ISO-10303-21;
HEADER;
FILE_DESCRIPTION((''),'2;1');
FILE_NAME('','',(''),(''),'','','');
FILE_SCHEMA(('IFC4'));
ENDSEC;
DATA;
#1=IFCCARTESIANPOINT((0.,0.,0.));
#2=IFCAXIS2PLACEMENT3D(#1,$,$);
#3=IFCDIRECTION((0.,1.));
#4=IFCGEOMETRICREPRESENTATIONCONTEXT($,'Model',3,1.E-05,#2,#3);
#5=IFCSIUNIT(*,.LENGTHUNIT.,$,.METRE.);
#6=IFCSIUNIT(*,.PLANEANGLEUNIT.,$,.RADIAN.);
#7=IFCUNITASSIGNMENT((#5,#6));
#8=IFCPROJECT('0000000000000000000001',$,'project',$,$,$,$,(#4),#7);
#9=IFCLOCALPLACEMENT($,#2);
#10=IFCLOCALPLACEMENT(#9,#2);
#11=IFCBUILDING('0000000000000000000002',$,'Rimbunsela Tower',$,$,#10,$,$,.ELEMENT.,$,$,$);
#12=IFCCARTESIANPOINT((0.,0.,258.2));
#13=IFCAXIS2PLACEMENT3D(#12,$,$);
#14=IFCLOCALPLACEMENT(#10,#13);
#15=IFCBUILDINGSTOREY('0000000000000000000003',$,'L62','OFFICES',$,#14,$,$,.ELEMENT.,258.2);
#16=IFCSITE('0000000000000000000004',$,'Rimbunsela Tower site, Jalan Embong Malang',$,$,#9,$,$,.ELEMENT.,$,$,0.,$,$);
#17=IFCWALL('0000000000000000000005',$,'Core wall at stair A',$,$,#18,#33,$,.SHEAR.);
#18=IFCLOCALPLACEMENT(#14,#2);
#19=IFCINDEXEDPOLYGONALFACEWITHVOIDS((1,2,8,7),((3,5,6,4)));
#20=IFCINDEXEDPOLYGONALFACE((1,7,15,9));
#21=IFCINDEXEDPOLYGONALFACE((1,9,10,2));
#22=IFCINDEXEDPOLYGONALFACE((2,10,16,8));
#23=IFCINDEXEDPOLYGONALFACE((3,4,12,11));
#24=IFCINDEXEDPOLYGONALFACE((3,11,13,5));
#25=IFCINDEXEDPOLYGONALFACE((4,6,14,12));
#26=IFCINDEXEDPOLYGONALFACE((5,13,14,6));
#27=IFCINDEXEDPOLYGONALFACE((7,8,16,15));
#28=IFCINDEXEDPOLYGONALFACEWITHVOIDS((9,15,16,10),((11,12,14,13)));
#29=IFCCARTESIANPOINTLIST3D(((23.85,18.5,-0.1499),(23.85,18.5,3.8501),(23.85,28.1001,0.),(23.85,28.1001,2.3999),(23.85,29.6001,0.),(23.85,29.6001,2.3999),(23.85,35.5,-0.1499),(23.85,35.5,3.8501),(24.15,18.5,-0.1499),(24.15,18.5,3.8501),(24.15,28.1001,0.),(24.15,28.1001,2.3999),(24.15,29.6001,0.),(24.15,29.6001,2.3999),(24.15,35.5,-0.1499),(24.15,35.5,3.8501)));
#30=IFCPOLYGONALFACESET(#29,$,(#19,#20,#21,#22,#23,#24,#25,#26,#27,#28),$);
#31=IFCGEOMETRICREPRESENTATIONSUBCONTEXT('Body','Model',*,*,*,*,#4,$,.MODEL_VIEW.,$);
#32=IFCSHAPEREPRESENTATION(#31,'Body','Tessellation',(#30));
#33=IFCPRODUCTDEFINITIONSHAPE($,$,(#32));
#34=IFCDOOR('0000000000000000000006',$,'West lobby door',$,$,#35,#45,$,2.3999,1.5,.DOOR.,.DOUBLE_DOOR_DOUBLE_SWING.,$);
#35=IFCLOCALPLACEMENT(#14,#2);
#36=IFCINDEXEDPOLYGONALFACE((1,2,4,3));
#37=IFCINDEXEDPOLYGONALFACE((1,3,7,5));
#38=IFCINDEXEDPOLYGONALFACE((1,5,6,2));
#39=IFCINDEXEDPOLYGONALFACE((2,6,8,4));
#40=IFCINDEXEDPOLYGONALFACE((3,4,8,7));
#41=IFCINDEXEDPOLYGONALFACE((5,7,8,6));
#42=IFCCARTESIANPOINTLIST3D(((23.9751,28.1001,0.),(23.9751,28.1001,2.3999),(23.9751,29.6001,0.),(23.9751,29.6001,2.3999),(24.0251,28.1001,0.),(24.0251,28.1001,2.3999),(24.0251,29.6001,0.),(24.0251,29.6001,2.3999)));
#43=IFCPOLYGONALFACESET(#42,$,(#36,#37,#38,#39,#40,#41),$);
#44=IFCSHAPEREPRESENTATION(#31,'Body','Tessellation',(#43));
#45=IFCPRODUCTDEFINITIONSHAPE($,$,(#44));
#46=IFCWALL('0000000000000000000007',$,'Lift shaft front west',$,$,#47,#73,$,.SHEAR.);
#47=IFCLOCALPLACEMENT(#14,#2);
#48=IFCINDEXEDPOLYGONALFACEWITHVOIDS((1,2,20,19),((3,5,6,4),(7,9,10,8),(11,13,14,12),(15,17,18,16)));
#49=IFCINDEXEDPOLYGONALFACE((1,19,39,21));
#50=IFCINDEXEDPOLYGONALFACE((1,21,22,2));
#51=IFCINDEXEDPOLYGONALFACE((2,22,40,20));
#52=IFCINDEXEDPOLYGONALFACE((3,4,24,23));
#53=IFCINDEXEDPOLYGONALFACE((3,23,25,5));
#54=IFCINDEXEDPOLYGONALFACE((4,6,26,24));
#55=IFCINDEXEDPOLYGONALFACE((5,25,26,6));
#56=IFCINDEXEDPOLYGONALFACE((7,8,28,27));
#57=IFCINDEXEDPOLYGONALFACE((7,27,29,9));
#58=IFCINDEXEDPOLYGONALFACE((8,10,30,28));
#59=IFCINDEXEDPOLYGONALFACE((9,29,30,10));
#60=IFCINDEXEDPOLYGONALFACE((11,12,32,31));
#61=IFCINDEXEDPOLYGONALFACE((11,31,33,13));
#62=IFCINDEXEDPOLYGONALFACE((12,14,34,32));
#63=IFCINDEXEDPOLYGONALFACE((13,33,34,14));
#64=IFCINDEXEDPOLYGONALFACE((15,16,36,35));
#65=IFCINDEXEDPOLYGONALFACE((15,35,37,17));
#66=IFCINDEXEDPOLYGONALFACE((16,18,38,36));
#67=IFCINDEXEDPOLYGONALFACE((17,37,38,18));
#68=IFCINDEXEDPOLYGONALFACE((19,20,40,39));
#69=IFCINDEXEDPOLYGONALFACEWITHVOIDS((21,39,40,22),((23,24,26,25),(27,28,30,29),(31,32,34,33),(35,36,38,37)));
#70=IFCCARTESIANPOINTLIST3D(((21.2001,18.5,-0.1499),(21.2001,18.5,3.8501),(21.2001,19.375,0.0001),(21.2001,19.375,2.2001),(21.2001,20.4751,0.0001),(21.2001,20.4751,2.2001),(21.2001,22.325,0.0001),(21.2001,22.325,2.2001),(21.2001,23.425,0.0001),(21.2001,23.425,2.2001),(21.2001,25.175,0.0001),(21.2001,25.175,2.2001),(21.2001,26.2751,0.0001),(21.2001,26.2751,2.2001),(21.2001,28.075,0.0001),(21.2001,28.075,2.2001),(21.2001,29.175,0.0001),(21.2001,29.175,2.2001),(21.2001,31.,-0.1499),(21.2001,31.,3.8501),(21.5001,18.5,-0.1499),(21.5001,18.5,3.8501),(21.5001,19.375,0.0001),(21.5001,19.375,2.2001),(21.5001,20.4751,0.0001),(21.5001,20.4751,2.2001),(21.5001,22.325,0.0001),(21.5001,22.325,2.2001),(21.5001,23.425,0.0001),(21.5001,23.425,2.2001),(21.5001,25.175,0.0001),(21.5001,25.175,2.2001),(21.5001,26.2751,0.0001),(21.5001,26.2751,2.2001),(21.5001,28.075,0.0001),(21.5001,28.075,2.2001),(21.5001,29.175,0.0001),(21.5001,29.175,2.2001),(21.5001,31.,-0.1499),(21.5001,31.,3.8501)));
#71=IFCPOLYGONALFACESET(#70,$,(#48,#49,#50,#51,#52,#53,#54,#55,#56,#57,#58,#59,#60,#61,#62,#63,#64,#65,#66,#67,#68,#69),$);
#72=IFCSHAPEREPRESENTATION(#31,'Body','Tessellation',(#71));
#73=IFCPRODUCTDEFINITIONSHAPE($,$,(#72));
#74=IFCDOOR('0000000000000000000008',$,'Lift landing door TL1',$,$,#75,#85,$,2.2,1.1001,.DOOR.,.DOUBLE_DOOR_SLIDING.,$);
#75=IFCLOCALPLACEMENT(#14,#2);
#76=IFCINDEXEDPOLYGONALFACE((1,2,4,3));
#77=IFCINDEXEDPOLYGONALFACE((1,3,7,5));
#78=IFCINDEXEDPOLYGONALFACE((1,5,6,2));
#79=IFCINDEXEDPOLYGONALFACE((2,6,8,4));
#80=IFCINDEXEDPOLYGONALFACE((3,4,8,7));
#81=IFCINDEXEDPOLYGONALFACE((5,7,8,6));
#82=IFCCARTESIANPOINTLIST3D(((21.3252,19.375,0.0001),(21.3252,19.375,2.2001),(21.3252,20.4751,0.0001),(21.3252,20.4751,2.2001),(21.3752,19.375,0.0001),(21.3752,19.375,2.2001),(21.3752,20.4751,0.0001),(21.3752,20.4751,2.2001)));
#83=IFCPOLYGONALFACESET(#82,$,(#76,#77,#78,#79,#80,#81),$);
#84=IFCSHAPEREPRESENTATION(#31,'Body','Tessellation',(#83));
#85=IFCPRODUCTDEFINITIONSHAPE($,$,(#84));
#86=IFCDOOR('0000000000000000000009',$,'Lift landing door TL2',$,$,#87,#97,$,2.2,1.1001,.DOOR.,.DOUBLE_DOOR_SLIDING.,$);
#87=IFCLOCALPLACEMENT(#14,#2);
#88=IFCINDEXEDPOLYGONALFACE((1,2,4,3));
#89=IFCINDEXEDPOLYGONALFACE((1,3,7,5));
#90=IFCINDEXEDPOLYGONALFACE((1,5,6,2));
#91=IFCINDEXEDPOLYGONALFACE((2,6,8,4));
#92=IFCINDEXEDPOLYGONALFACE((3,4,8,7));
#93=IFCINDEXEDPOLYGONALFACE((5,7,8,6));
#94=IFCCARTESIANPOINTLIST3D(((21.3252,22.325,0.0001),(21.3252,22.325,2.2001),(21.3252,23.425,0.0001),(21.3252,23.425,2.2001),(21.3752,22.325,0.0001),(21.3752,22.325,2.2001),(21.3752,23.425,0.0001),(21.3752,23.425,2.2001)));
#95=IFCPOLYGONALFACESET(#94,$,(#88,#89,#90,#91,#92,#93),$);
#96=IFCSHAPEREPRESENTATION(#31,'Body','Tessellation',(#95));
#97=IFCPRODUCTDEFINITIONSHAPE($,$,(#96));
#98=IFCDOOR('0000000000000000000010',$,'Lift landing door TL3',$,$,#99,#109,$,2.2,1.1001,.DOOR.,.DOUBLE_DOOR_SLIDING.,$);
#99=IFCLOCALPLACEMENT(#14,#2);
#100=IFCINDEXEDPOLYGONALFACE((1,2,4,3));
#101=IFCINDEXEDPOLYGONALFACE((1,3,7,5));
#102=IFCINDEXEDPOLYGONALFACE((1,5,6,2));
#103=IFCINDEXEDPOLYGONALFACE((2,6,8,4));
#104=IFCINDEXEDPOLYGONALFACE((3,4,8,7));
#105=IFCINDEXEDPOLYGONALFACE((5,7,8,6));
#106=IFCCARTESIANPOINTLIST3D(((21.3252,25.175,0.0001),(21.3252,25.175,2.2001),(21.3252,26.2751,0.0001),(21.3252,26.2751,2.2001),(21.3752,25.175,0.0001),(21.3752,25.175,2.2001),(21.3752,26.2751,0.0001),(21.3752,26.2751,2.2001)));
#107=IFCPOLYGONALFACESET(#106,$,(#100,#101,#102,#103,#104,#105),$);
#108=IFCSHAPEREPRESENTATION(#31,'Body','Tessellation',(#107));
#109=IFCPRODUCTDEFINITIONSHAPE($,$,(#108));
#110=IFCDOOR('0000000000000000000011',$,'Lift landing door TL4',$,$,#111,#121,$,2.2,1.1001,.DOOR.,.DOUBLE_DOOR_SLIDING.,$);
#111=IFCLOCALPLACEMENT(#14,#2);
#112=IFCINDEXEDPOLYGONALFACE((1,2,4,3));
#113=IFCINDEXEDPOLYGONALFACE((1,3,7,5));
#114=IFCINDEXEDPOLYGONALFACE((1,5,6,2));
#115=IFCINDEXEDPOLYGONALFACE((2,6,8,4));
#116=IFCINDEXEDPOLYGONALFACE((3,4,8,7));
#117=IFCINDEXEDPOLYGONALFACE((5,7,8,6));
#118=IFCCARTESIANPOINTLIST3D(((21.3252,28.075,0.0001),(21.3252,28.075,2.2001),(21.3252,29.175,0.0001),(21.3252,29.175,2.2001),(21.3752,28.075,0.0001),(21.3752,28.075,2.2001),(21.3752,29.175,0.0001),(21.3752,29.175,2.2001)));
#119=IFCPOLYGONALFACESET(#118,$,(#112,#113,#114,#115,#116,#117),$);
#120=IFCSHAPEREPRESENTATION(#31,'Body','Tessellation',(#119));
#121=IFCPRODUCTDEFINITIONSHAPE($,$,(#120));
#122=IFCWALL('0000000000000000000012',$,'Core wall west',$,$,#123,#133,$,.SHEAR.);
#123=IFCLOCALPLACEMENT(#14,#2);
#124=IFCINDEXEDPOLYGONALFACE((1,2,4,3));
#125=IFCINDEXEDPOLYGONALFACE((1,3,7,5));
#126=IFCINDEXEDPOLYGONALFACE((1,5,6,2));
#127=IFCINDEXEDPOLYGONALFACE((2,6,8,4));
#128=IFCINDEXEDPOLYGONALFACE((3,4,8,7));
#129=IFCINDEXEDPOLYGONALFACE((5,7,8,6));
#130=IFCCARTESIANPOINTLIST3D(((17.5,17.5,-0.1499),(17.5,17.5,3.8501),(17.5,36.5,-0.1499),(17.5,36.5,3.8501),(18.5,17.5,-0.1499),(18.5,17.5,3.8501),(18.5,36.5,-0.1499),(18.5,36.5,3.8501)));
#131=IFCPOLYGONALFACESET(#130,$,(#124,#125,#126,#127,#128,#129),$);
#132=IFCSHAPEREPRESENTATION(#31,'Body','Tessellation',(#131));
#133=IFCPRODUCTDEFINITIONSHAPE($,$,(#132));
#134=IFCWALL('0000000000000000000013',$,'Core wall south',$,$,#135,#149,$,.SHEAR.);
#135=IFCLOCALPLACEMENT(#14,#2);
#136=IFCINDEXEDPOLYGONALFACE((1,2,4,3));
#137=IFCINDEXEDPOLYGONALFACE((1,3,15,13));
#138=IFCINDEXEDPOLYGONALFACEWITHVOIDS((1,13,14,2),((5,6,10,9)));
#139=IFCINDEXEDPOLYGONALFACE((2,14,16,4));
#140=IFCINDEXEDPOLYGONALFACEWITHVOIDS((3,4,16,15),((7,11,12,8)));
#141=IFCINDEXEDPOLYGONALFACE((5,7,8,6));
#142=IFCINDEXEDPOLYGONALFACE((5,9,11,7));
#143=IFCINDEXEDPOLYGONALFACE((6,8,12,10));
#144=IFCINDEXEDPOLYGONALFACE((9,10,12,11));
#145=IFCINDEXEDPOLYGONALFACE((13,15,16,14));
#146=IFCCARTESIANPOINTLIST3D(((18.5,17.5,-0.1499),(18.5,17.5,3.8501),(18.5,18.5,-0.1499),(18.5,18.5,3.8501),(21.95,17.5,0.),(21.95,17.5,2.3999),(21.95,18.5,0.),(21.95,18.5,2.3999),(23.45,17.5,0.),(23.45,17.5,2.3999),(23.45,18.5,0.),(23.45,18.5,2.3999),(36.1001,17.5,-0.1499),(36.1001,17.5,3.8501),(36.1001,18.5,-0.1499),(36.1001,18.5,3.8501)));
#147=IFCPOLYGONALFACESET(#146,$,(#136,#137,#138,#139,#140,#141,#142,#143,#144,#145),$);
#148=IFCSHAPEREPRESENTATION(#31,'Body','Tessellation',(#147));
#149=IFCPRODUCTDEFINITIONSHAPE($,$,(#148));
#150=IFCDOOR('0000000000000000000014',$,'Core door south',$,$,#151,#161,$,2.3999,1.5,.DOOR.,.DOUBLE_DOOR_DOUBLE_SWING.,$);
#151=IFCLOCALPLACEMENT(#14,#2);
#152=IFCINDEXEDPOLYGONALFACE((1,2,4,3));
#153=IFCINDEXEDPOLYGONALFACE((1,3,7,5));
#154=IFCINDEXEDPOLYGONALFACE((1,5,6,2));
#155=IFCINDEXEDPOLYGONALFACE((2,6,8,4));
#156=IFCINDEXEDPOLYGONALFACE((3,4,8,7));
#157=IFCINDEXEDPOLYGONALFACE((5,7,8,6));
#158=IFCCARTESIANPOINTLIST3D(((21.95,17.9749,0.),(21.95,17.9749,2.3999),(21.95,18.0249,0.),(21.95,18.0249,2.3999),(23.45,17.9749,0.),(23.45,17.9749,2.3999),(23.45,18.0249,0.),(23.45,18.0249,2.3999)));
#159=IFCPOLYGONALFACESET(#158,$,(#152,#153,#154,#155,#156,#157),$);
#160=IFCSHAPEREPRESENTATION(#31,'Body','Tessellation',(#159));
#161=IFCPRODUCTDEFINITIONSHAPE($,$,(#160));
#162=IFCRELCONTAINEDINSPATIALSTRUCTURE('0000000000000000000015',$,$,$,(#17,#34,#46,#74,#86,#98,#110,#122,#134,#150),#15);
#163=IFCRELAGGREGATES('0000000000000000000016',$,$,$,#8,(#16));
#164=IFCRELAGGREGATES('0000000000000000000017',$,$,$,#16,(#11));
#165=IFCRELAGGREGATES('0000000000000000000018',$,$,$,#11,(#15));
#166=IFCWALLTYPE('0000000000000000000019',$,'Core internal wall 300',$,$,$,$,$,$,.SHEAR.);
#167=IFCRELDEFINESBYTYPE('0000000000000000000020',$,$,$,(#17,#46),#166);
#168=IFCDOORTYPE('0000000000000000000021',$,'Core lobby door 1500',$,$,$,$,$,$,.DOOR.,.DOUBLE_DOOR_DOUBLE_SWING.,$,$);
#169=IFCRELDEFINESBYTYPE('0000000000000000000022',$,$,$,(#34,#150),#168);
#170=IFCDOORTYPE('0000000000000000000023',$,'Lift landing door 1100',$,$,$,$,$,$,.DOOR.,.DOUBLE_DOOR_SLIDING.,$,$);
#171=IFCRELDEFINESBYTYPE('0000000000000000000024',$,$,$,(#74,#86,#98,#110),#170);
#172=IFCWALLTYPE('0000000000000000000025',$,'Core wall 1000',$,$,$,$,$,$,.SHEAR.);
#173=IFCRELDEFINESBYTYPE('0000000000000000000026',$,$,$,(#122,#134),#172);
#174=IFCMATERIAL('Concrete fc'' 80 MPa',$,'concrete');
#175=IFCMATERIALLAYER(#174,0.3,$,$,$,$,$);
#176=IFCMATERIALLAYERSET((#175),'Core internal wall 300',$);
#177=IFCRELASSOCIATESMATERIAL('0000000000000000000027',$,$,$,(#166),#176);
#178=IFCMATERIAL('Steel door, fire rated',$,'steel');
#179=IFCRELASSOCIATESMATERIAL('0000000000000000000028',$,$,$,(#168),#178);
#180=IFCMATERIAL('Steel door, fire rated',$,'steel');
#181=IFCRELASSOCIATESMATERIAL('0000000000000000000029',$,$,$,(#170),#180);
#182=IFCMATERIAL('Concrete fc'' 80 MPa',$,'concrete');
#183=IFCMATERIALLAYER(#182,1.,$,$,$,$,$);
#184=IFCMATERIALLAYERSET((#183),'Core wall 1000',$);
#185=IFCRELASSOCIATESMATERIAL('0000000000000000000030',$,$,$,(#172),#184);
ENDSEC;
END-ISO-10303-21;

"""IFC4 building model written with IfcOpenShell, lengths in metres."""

from ifc_helpers import new_model, si_unit, direction, frame, frame_2d, origin, place, context, subcontext, project, spatial, rectangle, extrude, material, layer, layer_set, type_object, element, fill, save


model = new_model("IFC4")

# Units and contexts
model_context = context("Model", 3, precision=1e-05, world=origin(), true_north=direction((0.0, 1.0)))
body_context = subcontext(model_context, "Body", "Model", "MODEL_VIEW")
ifc_project = project(units=[si_unit("LENGTHUNIT", "METRE"), si_unit("PLANEANGLEUNIT", "RADIAN")], contexts=[model_context])

# Site, building, storey
site_placement = place(None, origin())
site = spatial("IfcSite", under=ifc_project, at=site_placement, Name="Rimbunsela Tower site, Jalan Embong Malang", CompositionType="ELEMENT", RefElevation=0.0)
building_placement = place(site_placement, origin())
building = spatial("IfcBuilding", under=site, at=building_placement, Name="Rimbunsela Tower", CompositionType="ELEMENT")
storey_placement = place(building_placement, frame((0.0, 0.0, 258.2)))
storey = spatial("IfcBuildingStorey", under=building, at=storey_placement, Name="L62", Description="OFFICES", CompositionType="ELEMENT", Elevation=258.2)

# Wall, opening, door
ifc_material_1 = material(Name="Concrete fc' 80 MPa", Category="concrete")
ifc_layer_1 = layer(ifc_material_1, 0.3)
ifc_layer_set_1 = layer_set([ifc_layer_1], Name="Core internal wall 300")
wall_type_1 = type_object("IfcWallType", Name="Core internal wall 300", PredefinedType="SHEAR", material=ifc_layer_set_1)
wall_1_placement = place(storey_placement, frame((24.0, 18.5, -0.1499), z_axis=(0.0, 0.0, 1.0), x_axis=(0.0, 1.0, 0.0)))
wall_1 = element("IfcWall", 1, at=wall_1_placement, inside=storey, type_object=wall_type_1, Name="Core wall at stair A", PredefinedType="SHEAR", context=body_context, shape_type="SweptSolid", body=[
    extrude(rectangle(XDim=17.0, YDim=0.3, at=frame_2d((8.5, 0.0))), origin(), (0.0, 0.0, 1.0), 4.0),
])
opening_1_placement = place(wall_1_placement, frame((9.6001, 0.0, 0.1499)))
opening_1 = element("IfcOpeningElement", 2, at=opening_1_placement, cuts=wall_1, PredefinedType="OPENING", context=body_context, shape_type="SweptSolid", body=[
    extrude(rectangle(XDim=1.5, YDim=2.3999, at=frame_2d((0.75, 1.2))), frame((0.0, 0.1599, 0.0), z_axis=(0.0, -1.0, 0.0), x_axis=(1.0, 0.0, 0.0)), (0.0, 0.0, 1.0), 0.3201),
])
ifc_material_2 = material(Name="Steel door, fire rated", Category="steel")
door_type_1 = type_object("IfcDoorType", Name="Core lobby door 1500", OperationType="DOUBLE_DOOR_DOUBLE_SWING", PredefinedType="DOOR", material=ifc_material_2)
door_1_placement = place(opening_1_placement, origin())
door_1 = element("IfcDoor", 3, at=door_1_placement, inside=storey, type_object=door_type_1, Name="West lobby door", OperationType="DOUBLE_DOOR_DOUBLE_SWING", OverallHeight=2.3999, OverallWidth=1.5, PredefinedType="DOOR", context=body_context, shape_type="SweptSolid", body=[
    extrude(rectangle(XDim=1.5, YDim=2.3999, at=frame_2d((0.75, 1.2))), frame((0.0, 0.0249, 0.0), z_axis=(0.0, -1.0, 0.0), x_axis=(1.0, 0.0, 0.0)), (0.0, 0.0, 1.0), 0.05),
])
fill(opening_1, door_1)

# Wall, openings, doors
wall_2_placement = place(storey_placement, frame((21.3501, 18.5, -0.1499), z_axis=(0.0, 0.0, 1.0), x_axis=(0.0, 1.0, 0.0)))
wall_2 = element("IfcWall", 4, at=wall_2_placement, inside=storey, type_object=wall_type_1, Name="Lift shaft front west", PredefinedType="SHEAR", context=body_context, shape_type="SweptSolid", body=[
    extrude(rectangle(XDim=12.5, YDim=0.3, at=frame_2d((6.25, 0.0))), origin(), (0.0, 0.0, 1.0), 4.0),
])
opening_2_placement = place(wall_2_placement, frame((0.875, 0.0, 0.1499)))
opening_2 = element("IfcOpeningElement", 5, at=opening_2_placement, cuts=wall_2, PredefinedType="OPENING", context=body_context, shape_type="SweptSolid", body=[
    extrude(rectangle(XDim=1.1001, YDim=2.2, at=frame_2d((0.55, 1.1001))), frame((0.0, 0.1599, 0.0), z_axis=(0.0, -1.0, 0.0), x_axis=(1.0, 0.0, 0.0)), (0.0, 0.0, 1.0), 0.3201),
])
opening_3_placement = place(wall_2_placement, frame((3.825, 0.0, 0.1499)))
opening_3 = element("IfcOpeningElement", 6, at=opening_3_placement, cuts=wall_2, PredefinedType="OPENING", context=body_context, shape_type="SweptSolid", body=[
    extrude(rectangle(XDim=1.1001, YDim=2.2, at=frame_2d((0.55, 1.1001))), frame((0.0, 0.1599, 0.0), z_axis=(0.0, -1.0, 0.0), x_axis=(1.0, 0.0, 0.0)), (0.0, 0.0, 1.0), 0.3201),
])
opening_4_placement = place(wall_2_placement, frame((6.675, 0.0, 0.1499)))
opening_4 = element("IfcOpeningElement", 7, at=opening_4_placement, cuts=wall_2, PredefinedType="OPENING", context=body_context, shape_type="SweptSolid", body=[
    extrude(rectangle(XDim=1.1001, YDim=2.2, at=frame_2d((0.55, 1.1001))), frame((0.0, 0.1599, 0.0), z_axis=(0.0, -1.0, 0.0), x_axis=(1.0, 0.0, 0.0)), (0.0, 0.0, 1.0), 0.3201),
])
opening_5_placement = place(wall_2_placement, frame((9.575, 0.0, 0.1499)))
opening_5 = element("IfcOpeningElement", 8, at=opening_5_placement, cuts=wall_2, PredefinedType="OPENING", context=body_context, shape_type="SweptSolid", body=[
    extrude(rectangle(XDim=1.1001, YDim=2.2, at=frame_2d((0.55, 1.1001))), frame((0.0, 0.1599, 0.0), z_axis=(0.0, -1.0, 0.0), x_axis=(1.0, 0.0, 0.0)), (0.0, 0.0, 1.0), 0.3201),
])
ifc_material_3 = material(Name="Steel door, fire rated", Category="steel")
door_type_2 = type_object("IfcDoorType", Name="Lift landing door 1100", OperationType="DOUBLE_DOOR_SLIDING", PredefinedType="DOOR", material=ifc_material_3)
door_2_placement = place(opening_2_placement, origin())
door_2 = element("IfcDoor", 9, at=door_2_placement, inside=storey, type_object=door_type_2, Name="Lift landing door TL1", OperationType="DOUBLE_DOOR_SLIDING", OverallHeight=2.2, OverallWidth=1.1001, PredefinedType="DOOR", context=body_context, shape_type="SweptSolid", body=[
    extrude(rectangle(XDim=1.1001, YDim=2.2, at=frame_2d((0.55, 1.1001))), frame((0.0, 0.0249, 0.0), z_axis=(0.0, -1.0, 0.0), x_axis=(1.0, 0.0, 0.0)), (0.0, 0.0, 1.0), 0.05),
])
fill(opening_2, door_2)
door_3_placement = place(opening_3_placement, origin())
door_3 = element("IfcDoor", 10, at=door_3_placement, inside=storey, type_object=door_type_2, Name="Lift landing door TL2", OperationType="DOUBLE_DOOR_SLIDING", OverallHeight=2.2, OverallWidth=1.1001, PredefinedType="DOOR", context=body_context, shape_type="SweptSolid", body=[
    extrude(rectangle(XDim=1.1001, YDim=2.2, at=frame_2d((0.55, 1.1001))), frame((0.0, 0.0249, 0.0), z_axis=(0.0, -1.0, 0.0), x_axis=(1.0, 0.0, 0.0)), (0.0, 0.0, 1.0), 0.05),
])
fill(opening_3, door_3)
door_4_placement = place(opening_4_placement, origin())
door_4 = element("IfcDoor", 11, at=door_4_placement, inside=storey, type_object=door_type_2, Name="Lift landing door TL3", OperationType="DOUBLE_DOOR_SLIDING", OverallHeight=2.2, OverallWidth=1.1001, PredefinedType="DOOR", context=body_context, shape_type="SweptSolid", body=[
    extrude(rectangle(XDim=1.1001, YDim=2.2, at=frame_2d((0.55, 1.1001))), frame((0.0, 0.0249, 0.0), z_axis=(0.0, -1.0, 0.0), x_axis=(1.0, 0.0, 0.0)), (0.0, 0.0, 1.0), 0.05),
])
fill(opening_4, door_4)
door_5_placement = place(opening_5_placement, origin())
door_5 = element("IfcDoor", 12, at=door_5_placement, inside=storey, type_object=door_type_2, Name="Lift landing door TL4", OperationType="DOUBLE_DOOR_SLIDING", OverallHeight=2.2, OverallWidth=1.1001, PredefinedType="DOOR", context=body_context, shape_type="SweptSolid", body=[
    extrude(rectangle(XDim=1.1001, YDim=2.2, at=frame_2d((0.55, 1.1001))), frame((0.0, 0.0249, 0.0), z_axis=(0.0, -1.0, 0.0), x_axis=(1.0, 0.0, 0.0)), (0.0, 0.0, 1.0), 0.05),
])
fill(opening_5, door_5)

# Wall
ifc_material_4 = material(Name="Concrete fc' 80 MPa", Category="concrete")
ifc_layer_2 = layer(ifc_material_4, 1.0)
ifc_layer_set_2 = layer_set([ifc_layer_2], Name="Core wall 1000")
wall_type_2 = type_object("IfcWallType", Name="Core wall 1000", PredefinedType="SHEAR", material=ifc_layer_set_2)
wall_3_placement = place(storey_placement, frame((18.0, 17.5, -0.1499), z_axis=(0.0, 0.0, 1.0), x_axis=(0.0, 1.0, 0.0)))
element("IfcWall", 13, at=wall_3_placement, inside=storey, type_object=wall_type_2, Name="Core wall west", PredefinedType="SHEAR", context=body_context, shape_type="SweptSolid", body=[
    extrude(rectangle(XDim=19.0, YDim=1.0, at=frame_2d((9.5, 0.0))), origin(), (0.0, 0.0, 1.0), 4.0),
])

# Wall, opening, door
wall_4_placement = place(storey_placement, frame((18.5, 18.0, -0.1499), z_axis=(0.0, 0.0, 1.0), x_axis=(1.0, 0.0, 0.0)))
wall_4 = element("IfcWall", 14, at=wall_4_placement, inside=storey, type_object=wall_type_2, Name="Core wall south", PredefinedType="SHEAR", context=body_context, shape_type="SweptSolid", body=[
    extrude(rectangle(XDim=17.6001, YDim=1.0, at=frame_2d((8.8, 0.0))), origin(), (0.0, 0.0, 1.0), 4.0),
])
opening_6_placement = place(wall_4_placement, frame((3.45, 0.0, 0.1499)))
opening_6 = element("IfcOpeningElement", 15, at=opening_6_placement, cuts=wall_4, PredefinedType="OPENING", context=body_context, shape_type="SweptSolid", body=[
    extrude(rectangle(XDim=1.5, YDim=2.3999, at=frame_2d((0.75, 1.2))), frame((0.0, 0.51, 0.0), z_axis=(0.0, -1.0, 0.0), x_axis=(1.0, 0.0, 0.0)), (0.0, 0.0, 1.0), 1.02),
])
door_6_placement = place(opening_6_placement, origin())
door_6 = element("IfcDoor", 16, at=door_6_placement, inside=storey, type_object=door_type_1, Name="Core door south", OperationType="DOUBLE_DOOR_DOUBLE_SWING", OverallHeight=2.3999, OverallWidth=1.5, PredefinedType="DOOR", context=body_context, shape_type="SweptSolid", body=[
    extrude(rectangle(XDim=1.5, YDim=2.3999, at=frame_2d((0.75, 1.2))), frame((0.0, 0.0249, 0.0), z_axis=(0.0, -1.0, 0.0), x_axis=(1.0, 0.0, 0.0)), (0.0, 0.0, 1.0), 0.05),
])
fill(opening_6, door_6)

save(model, "model.ifc")
